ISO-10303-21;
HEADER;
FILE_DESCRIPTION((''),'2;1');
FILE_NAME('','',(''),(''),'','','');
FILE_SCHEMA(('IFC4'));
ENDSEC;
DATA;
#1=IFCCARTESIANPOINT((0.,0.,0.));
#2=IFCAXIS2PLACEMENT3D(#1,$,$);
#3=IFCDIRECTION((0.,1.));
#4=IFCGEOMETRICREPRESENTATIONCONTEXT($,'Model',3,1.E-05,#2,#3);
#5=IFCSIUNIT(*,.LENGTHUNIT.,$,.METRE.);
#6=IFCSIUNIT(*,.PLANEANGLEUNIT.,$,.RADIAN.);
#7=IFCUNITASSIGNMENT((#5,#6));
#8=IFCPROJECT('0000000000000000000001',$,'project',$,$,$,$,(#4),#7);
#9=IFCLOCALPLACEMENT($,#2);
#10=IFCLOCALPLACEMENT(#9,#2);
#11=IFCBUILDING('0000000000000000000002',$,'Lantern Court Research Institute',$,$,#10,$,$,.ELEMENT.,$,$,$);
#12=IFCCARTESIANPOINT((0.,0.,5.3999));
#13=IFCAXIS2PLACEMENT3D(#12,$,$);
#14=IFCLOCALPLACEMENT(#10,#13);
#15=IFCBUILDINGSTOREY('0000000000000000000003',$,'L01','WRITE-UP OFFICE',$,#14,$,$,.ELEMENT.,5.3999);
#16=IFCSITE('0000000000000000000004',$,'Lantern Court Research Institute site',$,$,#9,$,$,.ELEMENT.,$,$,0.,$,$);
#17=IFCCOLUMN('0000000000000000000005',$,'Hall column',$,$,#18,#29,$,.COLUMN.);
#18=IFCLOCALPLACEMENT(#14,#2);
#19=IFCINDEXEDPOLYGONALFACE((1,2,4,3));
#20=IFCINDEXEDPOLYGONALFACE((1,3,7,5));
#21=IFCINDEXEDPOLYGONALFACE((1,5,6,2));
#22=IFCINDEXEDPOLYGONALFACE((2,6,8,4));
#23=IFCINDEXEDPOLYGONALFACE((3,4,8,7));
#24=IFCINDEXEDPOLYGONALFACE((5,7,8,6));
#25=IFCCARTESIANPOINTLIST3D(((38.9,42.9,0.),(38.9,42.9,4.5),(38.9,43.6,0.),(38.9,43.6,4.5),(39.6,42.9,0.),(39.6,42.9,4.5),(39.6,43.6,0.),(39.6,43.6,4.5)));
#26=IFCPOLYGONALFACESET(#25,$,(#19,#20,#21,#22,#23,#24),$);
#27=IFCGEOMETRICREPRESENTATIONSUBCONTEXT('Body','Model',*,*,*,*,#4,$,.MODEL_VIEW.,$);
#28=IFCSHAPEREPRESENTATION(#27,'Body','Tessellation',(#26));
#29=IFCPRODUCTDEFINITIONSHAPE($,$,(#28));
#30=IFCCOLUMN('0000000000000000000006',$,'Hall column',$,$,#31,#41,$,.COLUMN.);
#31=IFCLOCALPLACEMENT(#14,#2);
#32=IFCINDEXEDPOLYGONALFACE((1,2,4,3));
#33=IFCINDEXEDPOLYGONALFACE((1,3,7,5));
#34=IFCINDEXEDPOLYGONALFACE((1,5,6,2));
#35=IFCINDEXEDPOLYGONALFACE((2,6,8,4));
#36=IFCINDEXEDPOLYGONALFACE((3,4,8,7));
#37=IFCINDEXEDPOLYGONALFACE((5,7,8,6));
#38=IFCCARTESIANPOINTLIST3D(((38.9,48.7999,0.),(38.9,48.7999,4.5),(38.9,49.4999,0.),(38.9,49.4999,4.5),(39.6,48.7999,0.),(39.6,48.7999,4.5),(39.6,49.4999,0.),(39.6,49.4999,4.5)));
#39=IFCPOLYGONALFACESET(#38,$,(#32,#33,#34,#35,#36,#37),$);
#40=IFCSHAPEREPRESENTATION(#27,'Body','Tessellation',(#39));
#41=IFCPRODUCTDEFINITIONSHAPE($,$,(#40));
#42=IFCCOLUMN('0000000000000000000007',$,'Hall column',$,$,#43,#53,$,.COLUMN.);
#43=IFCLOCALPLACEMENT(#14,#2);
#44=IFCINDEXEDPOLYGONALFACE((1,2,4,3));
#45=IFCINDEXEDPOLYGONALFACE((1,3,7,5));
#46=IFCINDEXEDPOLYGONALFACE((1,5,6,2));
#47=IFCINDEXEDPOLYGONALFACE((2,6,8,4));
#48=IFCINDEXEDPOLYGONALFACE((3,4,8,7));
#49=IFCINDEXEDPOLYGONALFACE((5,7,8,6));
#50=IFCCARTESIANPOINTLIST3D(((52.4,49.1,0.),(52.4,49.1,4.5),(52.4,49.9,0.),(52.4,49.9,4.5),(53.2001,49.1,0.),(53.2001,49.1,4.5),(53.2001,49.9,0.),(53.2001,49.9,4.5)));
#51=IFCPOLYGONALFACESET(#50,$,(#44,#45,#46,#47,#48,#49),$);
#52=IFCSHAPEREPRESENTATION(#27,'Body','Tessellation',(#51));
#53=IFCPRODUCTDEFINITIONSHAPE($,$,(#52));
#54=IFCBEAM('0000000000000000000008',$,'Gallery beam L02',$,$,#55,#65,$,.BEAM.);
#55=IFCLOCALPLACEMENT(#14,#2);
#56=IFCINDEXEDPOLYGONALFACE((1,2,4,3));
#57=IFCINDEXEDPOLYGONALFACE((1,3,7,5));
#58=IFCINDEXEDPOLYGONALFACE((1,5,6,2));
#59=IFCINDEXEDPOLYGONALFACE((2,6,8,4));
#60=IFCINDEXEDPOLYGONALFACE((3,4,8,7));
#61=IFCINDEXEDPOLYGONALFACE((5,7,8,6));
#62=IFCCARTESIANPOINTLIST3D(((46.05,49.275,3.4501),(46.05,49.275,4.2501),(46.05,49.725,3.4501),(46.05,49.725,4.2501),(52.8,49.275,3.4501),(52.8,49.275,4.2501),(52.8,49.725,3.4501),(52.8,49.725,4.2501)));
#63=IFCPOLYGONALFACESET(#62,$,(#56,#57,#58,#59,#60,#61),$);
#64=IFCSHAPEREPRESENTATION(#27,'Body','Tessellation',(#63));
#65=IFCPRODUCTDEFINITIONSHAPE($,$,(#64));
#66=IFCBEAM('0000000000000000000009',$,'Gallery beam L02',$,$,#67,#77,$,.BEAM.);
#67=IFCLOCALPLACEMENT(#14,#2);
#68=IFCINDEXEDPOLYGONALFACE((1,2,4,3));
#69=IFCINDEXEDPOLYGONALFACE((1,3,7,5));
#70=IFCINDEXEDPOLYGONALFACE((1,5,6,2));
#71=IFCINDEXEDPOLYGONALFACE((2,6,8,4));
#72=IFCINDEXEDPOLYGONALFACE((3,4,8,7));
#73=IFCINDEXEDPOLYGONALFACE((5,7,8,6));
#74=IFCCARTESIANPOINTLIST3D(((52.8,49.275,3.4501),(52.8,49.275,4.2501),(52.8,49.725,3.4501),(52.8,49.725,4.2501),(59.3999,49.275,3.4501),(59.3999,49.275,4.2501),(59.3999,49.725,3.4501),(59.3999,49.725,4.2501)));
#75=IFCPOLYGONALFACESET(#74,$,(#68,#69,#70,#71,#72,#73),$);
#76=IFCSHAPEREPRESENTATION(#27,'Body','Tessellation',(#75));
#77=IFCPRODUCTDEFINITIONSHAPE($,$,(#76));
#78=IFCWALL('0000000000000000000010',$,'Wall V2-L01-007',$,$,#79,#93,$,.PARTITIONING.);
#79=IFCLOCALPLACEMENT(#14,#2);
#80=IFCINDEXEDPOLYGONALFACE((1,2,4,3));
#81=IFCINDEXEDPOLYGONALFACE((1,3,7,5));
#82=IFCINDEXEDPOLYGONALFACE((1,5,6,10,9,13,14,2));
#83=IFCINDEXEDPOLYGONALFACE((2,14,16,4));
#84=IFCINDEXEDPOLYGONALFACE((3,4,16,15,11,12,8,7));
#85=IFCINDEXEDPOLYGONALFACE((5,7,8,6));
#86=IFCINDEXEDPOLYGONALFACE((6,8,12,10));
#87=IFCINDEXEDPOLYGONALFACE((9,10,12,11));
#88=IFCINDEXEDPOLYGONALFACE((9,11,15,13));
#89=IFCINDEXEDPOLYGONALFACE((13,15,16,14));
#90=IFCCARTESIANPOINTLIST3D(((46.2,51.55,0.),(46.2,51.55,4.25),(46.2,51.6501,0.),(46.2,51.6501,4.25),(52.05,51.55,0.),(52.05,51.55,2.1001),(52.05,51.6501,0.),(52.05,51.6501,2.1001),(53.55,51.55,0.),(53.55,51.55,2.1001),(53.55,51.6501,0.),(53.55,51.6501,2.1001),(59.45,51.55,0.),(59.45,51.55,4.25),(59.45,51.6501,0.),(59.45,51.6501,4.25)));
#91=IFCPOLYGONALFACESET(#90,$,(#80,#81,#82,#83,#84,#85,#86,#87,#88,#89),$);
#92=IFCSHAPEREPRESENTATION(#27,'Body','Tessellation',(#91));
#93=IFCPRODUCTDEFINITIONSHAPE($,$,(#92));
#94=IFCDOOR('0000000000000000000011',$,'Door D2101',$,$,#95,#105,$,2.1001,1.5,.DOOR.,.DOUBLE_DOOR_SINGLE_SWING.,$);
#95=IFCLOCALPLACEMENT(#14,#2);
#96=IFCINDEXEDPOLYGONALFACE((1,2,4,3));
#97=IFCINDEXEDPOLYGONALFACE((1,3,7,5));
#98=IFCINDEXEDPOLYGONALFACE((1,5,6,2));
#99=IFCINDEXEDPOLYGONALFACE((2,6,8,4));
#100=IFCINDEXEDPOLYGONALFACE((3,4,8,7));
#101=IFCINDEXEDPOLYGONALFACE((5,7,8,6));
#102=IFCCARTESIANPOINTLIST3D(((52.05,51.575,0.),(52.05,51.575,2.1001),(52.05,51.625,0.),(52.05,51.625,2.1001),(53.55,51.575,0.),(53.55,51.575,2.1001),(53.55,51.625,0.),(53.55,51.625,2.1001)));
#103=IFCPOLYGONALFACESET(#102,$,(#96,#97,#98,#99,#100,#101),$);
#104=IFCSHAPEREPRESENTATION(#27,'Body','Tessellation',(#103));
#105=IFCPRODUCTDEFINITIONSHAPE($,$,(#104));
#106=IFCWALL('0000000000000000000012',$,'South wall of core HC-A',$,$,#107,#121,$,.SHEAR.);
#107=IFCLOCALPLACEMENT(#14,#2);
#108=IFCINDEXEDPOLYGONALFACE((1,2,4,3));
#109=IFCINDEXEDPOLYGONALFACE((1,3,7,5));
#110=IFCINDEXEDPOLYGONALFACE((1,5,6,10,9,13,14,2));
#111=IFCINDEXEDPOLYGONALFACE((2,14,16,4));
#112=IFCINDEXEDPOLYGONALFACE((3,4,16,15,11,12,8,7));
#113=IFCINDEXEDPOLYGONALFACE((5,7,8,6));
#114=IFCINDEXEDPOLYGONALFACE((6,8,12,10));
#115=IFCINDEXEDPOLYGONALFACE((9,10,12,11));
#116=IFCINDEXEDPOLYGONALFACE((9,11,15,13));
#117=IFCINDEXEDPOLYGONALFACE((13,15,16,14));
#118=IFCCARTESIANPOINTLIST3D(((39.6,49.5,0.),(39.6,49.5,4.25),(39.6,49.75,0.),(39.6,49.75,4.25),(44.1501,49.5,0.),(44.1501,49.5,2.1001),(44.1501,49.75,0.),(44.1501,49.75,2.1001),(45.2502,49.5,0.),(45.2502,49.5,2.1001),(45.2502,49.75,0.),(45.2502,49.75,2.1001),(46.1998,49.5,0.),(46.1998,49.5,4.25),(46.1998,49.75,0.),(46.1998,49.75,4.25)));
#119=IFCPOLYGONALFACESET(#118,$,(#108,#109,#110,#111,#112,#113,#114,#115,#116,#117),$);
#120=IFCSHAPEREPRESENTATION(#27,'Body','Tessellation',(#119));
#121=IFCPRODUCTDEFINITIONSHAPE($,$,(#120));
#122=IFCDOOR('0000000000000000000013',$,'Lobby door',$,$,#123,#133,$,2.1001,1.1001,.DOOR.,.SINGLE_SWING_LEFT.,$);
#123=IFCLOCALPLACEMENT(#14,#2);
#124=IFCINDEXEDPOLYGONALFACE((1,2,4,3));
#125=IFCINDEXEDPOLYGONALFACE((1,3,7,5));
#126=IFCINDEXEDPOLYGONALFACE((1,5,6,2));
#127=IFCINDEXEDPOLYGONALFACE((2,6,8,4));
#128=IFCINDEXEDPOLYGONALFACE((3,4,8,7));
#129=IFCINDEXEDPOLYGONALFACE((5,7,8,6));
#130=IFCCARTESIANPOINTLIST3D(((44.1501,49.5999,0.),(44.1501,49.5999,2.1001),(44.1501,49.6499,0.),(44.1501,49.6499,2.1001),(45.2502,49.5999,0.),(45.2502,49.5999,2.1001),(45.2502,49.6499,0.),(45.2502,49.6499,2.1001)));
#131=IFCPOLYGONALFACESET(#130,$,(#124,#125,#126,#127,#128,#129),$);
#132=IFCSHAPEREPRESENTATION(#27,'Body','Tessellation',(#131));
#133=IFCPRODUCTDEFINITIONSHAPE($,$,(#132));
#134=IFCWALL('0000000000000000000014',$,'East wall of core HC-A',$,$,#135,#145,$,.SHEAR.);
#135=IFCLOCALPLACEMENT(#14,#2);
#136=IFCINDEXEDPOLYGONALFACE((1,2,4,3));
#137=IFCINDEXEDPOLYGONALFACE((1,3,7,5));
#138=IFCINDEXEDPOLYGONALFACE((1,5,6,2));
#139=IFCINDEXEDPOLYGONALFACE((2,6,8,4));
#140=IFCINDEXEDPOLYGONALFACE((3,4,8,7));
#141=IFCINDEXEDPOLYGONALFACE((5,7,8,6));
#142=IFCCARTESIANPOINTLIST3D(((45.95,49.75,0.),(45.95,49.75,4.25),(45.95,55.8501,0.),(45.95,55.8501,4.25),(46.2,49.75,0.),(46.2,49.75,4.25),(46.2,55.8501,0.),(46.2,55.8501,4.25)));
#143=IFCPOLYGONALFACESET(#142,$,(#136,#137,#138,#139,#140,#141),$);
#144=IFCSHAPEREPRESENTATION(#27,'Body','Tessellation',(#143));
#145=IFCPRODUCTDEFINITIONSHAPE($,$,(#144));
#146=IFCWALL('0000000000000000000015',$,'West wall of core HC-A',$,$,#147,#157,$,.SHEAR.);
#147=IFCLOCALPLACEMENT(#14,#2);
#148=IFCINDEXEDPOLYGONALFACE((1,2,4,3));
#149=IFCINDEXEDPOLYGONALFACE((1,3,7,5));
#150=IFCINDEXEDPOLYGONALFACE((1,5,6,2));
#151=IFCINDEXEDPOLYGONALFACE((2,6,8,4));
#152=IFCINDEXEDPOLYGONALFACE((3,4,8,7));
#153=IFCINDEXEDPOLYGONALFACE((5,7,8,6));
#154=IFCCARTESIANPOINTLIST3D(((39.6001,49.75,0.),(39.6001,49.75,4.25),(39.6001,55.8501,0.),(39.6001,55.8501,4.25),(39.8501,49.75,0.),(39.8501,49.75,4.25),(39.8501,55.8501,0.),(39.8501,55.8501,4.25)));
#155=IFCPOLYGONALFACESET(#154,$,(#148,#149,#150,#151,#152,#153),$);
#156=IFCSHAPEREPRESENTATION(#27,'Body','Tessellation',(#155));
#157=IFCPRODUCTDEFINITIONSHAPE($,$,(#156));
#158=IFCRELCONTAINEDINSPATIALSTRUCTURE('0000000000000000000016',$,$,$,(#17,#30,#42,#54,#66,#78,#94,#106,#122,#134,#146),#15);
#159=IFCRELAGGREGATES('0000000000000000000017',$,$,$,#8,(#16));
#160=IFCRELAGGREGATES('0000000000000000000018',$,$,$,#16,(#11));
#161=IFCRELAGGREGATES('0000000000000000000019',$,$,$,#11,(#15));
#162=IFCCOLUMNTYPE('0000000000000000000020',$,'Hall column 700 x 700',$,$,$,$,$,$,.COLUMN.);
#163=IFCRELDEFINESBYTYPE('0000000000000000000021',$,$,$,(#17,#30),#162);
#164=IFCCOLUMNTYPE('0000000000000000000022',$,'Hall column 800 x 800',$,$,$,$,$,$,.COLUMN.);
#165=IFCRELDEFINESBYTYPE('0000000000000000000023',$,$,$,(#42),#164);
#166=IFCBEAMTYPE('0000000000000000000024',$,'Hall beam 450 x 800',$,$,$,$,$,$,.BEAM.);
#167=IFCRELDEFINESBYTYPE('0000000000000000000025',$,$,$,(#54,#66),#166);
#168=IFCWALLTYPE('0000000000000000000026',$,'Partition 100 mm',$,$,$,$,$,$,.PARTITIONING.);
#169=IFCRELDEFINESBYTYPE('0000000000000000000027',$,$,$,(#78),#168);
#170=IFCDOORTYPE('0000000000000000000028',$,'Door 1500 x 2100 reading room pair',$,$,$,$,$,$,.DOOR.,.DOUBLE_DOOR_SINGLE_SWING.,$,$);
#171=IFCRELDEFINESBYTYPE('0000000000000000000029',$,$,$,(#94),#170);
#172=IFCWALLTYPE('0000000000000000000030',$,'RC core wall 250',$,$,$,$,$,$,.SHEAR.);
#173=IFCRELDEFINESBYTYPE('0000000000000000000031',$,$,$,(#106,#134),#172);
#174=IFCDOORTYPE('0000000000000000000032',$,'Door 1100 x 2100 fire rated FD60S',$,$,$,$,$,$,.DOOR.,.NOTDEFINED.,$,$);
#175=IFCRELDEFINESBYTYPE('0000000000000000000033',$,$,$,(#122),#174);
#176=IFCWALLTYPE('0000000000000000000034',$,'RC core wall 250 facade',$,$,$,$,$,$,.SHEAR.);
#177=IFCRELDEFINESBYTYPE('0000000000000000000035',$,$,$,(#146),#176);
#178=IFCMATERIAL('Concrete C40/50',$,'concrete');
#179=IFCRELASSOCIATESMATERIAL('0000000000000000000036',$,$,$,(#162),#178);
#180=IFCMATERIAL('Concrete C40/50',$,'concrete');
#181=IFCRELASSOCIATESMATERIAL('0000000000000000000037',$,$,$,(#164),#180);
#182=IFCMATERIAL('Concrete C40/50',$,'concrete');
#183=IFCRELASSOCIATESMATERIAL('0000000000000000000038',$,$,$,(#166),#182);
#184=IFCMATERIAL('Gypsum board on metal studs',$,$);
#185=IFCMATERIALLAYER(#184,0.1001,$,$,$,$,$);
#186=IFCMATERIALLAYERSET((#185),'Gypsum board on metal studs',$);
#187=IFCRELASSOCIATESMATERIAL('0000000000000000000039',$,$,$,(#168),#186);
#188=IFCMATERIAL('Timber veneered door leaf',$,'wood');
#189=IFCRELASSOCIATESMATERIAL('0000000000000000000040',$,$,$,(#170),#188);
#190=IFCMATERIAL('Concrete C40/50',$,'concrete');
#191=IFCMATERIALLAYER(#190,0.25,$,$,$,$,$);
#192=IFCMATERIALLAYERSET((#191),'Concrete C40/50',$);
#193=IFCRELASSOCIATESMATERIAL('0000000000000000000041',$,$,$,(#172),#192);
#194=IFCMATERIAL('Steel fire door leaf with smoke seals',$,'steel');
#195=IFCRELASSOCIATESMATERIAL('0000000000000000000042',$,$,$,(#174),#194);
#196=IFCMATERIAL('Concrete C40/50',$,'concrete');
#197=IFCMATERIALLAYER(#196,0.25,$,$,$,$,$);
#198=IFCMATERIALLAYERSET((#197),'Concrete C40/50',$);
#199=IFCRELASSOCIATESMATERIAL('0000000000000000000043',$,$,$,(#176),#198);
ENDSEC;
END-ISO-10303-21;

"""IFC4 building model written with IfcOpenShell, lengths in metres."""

from ifc_helpers import new_model, si_unit, direction, frame, frame_2d, origin, origin_2d, place, context, subcontext, project, spatial, rectangle, extrude, material, layer, layer_set, material_profile, profile_set, type_object, element, fill, save


model = new_model("IFC4")

# Units and contexts
model_context = context("Model", 3, precision=1e-05, world=origin(), true_north=direction((0.0, 1.0)))
body_context = subcontext(model_context, "Body", "Model", "MODEL_VIEW")
ifc_project = project(units=[si_unit("LENGTHUNIT", "METRE"), si_unit("PLANEANGLEUNIT", "RADIAN")], contexts=[model_context])

# Site, building, storey
site_placement = place(None, origin())
site = spatial("IfcSite", under=ifc_project, at=site_placement, Name="Lantern Court Research Institute site", CompositionType="ELEMENT", RefElevation=0.0)
building_placement = place(site_placement, origin())
building = spatial("IfcBuilding", under=site, at=building_placement, Name="Lantern Court Research Institute", CompositionType="ELEMENT")
storey_placement = place(building_placement, frame((0.0, 0.0, 5.3999)))
storey = spatial("IfcBuildingStorey", under=building, at=storey_placement, Name="L01", Description="WRITE-UP OFFICE", CompositionType="ELEMENT", Elevation=5.3999)

# Columns
ifc_material_1 = material(Name="Concrete C40/50", Category="concrete")
ifc_material_profile_1 = material_profile(ifc_material_1, rectangle(XDim=0.7, YDim=0.7, at=origin_2d()), Name="Hall column 700 x 700")
ifc_profile_set_1 = profile_set([ifc_material_profile_1], Name="Concrete C40/50")
column_type_1 = type_object("IfcColumnType", Name="Hall column 700 x 700", PredefinedType="COLUMN", material=ifc_profile_set_1)
for number, where, z_axis, x_axis, name in (
    (1, (39.25, 43.25, 0.0), (0.0, 0.0, 1.0), (1.0, 0.0, 0.0), "Hall column"),
    (2, (39.25, 49.1499, 0.0), (0.0, 0.0, 1.0), (1.0, 0.0, 0.0), "Hall column"),
):
    element("IfcColumn", number, at=place(storey_placement, frame(where, z_axis=z_axis, x_axis=x_axis)), inside=storey, type_object=column_type_1, Name=name, PredefinedType="COLUMN", context=body_context, shape_type="SweptSolid", body=[
        extrude(rectangle(XDim=0.7, YDim=0.7, at=origin_2d()), origin(), (0.0, 0.0, 1.0), 4.5),
    ])
ifc_material_2 = material(Name="Concrete C40/50", Category="concrete")
ifc_material_profile_2 = material_profile(ifc_material_2, rectangle(XDim=0.8, YDim=0.8, at=origin_2d()), Name="Hall column 800 x 800")
ifc_profile_set_2 = profile_set([ifc_material_profile_2], Name="Concrete C40/50")
column_type_2 = type_object("IfcColumnType", Name="Hall column 800 x 800", PredefinedType="COLUMN", material=ifc_profile_set_2)
column_placement = place(storey_placement, frame((52.8, 49.5, 0.0), z_axis=(0.0, 0.0, 1.0), x_axis=(1.0, 0.0, 0.0)))
element("IfcColumn", 3, at=column_placement, inside=storey, type_object=column_type_2, Name="Hall column", PredefinedType="COLUMN", context=body_context, shape_type="SweptSolid", body=[
    extrude(rectangle(XDim=0.8, YDim=0.8, at=origin_2d()), origin(), (0.0, 0.0, 1.0), 4.5),
])

# Beams
ifc_material_3 = material(Name="Concrete C40/50", Category="concrete")
ifc_material_profile_3 = material_profile(ifc_material_3, rectangle(XDim=0.45, YDim=0.8, at=origin_2d()), Name="Hall beam 450 x 800")
ifc_profile_set_3 = profile_set([ifc_material_profile_3], Name="Concrete C40/50")
beam_type = type_object("IfcBeamType", Name="Hall beam 450 x 800", PredefinedType="BEAM", material=ifc_profile_set_3)
beam_1_placement = place(storey_placement, frame((46.05, 49.5, 3.8501), z_axis=(1.0, 0.0, 0.0), x_axis=(0.0, 1.0, 0.0)))
element("IfcBeam", 4, at=beam_1_placement, inside=storey, type_object=beam_type, Name="Gallery beam L02", PredefinedType="BEAM", context=body_context, shape_type="SweptSolid", body=[
    extrude(rectangle(XDim=0.45, YDim=0.8, at=origin_2d()), origin(), (0.0, 0.0, 1.0), 6.75),
])
beam_2_placement = place(storey_placement, frame((52.8, 49.5, 3.8501), z_axis=(1.0, 0.0, 0.0), x_axis=(0.0, 1.0, 0.0)))
element("IfcBeam", 5, at=beam_2_placement, inside=storey, type_object=beam_type, Name="Gallery beam L02", PredefinedType="BEAM", context=body_context, shape_type="SweptSolid", body=[
    extrude(rectangle(XDim=0.45, YDim=0.8, at=origin_2d()), origin(), (0.0, 0.0, 1.0), 6.5999),
])

# Walls, openings, doors
ifc_material_4 = material(Name="Gypsum board on metal studs")
ifc_layer_1 = layer(ifc_material_4, 0.1001)
ifc_layer_set_1 = layer_set([ifc_layer_1], Name="Gypsum board on metal studs")
wall_type_1 = type_object("IfcWallType", Name="Partition 100 mm", PredefinedType="PARTITIONING", material=ifc_layer_set_1)
wall_1_placement = place(storey_placement, frame((46.2, 51.6001, 0.0), z_axis=(0.0, 0.0, 1.0), x_axis=(1.0, 0.0, 0.0)))
wall_1 = element("IfcWall", 6, at=wall_1_placement, inside=storey, type_object=wall_type_1, Name="Wall V2-L01-007", PredefinedType="PARTITIONING", context=body_context, shape_type="SweptSolid", body=[
    extrude(rectangle(XDim=13.25, YDim=0.1001, at=frame_2d((6.625, 0.0))), origin(), (0.0, 0.0, 1.0), 4.25),
])
opening_1_placement = place(wall_1_placement, frame((5.8501, 0.0, 0.0)))
opening_1 = element("IfcOpeningElement", 7, at=opening_1_placement, cuts=wall_1, PredefinedType="OPENING", context=body_context, shape_type="SweptSolid", body=[
    extrude(rectangle(XDim=1.5, YDim=2.1001, at=frame_2d((0.75, 1.05))), frame((0.0, 0.0601, 0.0), z_axis=(0.0, -1.0, 0.0), x_axis=(1.0, 0.0, 0.0)), (0.0, 0.0, 1.0), 0.1201),
])
ifc_material_5 = material(Name="Timber veneered door leaf", Category="wood")
door_type_1 = type_object("IfcDoorType", Name="Door 1500 x 2100 reading room pair", OperationType="DOUBLE_DOOR_SINGLE_SWING", PredefinedType="DOOR", material=ifc_material_5)
door_1_placement = place(opening_1_placement, origin())
door_1 = element("IfcDoor", 8, at=door_1_placement, inside=storey, type_object=door_type_1, Name="Door D2101", OperationType="DOUBLE_DOOR_SINGLE_SWING", OverallHeight=2.1001, OverallWidth=1.5, PredefinedType="DOOR", context=body_context, shape_type="SweptSolid", body=[
    extrude(rectangle(XDim=1.5, YDim=2.1001, at=frame_2d((0.75, 1.05))), frame((0.0, 0.0249, 0.0), z_axis=(0.0, -1.0, 0.0), x_axis=(1.0, 0.0, 0.0)), (0.0, 0.0, 1.0), 0.05),
])
fill(opening_1, door_1)
ifc_material_6 = material(Name="Concrete C40/50", Category="concrete")
ifc_layer_2 = layer(ifc_material_6, 0.25)
ifc_layer_set_2 = layer_set([ifc_layer_2], Name="Concrete C40/50")
wall_type_2 = type_object("IfcWallType", Name="RC core wall 250", PredefinedType="SHEAR", material=ifc_layer_set_2)
wall_2_placement = place(storey_placement, frame((39.6001, 49.625, 0.0), z_axis=(0.0, 0.0, 1.0), x_axis=(1.0, 0.0, 0.0)))
wall_2 = element("IfcWall", 9, at=wall_2_placement, inside=storey, type_object=wall_type_2, Name="South wall of core HC-A", PredefinedType="SHEAR", context=body_context, shape_type="SweptSolid", body=[
    extrude(rectangle(XDim=6.5999, YDim=0.25, at=frame_2d((3.2998, 0.0))), origin(), (0.0, 0.0, 1.0), 4.25),
])
opening_2_placement = place(wall_2_placement, frame((4.55, 0.0, 0.0)))
opening_2 = element("IfcOpeningElement", 10, at=opening_2_placement, cuts=wall_2, PredefinedType="OPENING", context=body_context, shape_type="SweptSolid", body=[
    extrude(rectangle(XDim=1.1001, YDim=2.1001, at=frame_2d((0.55, 1.05))), frame((0.0, 0.135, 0.0), z_axis=(0.0, -1.0, 0.0), x_axis=(1.0, 0.0, 0.0)), (0.0, 0.0, 1.0), 0.27),
])
ifc_material_7 = material(Name="Steel fire door leaf with smoke seals", Category="steel")
door_type_2 = type_object("IfcDoorType", Name="Door 1100 x 2100 fire rated FD60S", OperationType="NOTDEFINED", PredefinedType="DOOR", material=ifc_material_7)
door_2_placement = place(opening_2_placement, origin())
door_2 = element("IfcDoor", 11, at=door_2_placement, inside=storey, type_object=door_type_2, Name="Lobby door", OperationType="SINGLE_SWING_LEFT", OverallHeight=2.1001, OverallWidth=1.1001, PredefinedType="DOOR", context=body_context, shape_type="SweptSolid", body=[
    extrude(rectangle(XDim=1.1001, YDim=2.1001, at=frame_2d((0.55, 1.05))), frame((0.0, 0.0249, 0.0), z_axis=(0.0, -1.0, 0.0), x_axis=(1.0, 0.0, 0.0)), (0.0, 0.0, 1.0), 0.05),
])
fill(opening_2, door_2)

# Walls
wall_3_placement = place(storey_placement, frame((46.075, 49.75, 0.0), z_axis=(0.0, 0.0, 1.0), x_axis=(0.0, 1.0, 0.0)))
element("IfcWall", 12, at=wall_3_placement, inside=storey, type_object=wall_type_2, Name="East wall of core HC-A", PredefinedType="SHEAR", context=body_context, shape_type="SweptSolid", body=[
    extrude(rectangle(XDim=6.1001, YDim=0.25, at=frame_2d((3.05, 0.0))), origin(), (0.0, 0.0, 1.0), 4.25),
])
ifc_material_8 = material(Name="Concrete C40/50", Category="concrete")
ifc_layer_3 = layer(ifc_material_8, 0.25)
ifc_layer_set_3 = layer_set([ifc_layer_3], Name="Concrete C40/50")
wall_type_3 = type_object("IfcWallType", Name="RC core wall 250 facade", PredefinedType="SHEAR", material=ifc_layer_set_3)
wall_4_placement = place(storey_placement, frame((39.7251, 49.75, 0.0), z_axis=(0.0, 0.0, 1.0), x_axis=(0.0, 1.0, 0.0)))
element("IfcWall", 13, at=wall_4_placement, inside=storey, type_object=wall_type_3, Name="West wall of core HC-A", PredefinedType="SHEAR", context=body_context, shape_type="SweptSolid", body=[
    extrude(rectangle(XDim=6.1001, YDim=0.25, at=frame_2d((3.05, 0.0))), origin(), (0.0, 0.0, 1.0), 4.25),
])

save(model, "model.ifc")
